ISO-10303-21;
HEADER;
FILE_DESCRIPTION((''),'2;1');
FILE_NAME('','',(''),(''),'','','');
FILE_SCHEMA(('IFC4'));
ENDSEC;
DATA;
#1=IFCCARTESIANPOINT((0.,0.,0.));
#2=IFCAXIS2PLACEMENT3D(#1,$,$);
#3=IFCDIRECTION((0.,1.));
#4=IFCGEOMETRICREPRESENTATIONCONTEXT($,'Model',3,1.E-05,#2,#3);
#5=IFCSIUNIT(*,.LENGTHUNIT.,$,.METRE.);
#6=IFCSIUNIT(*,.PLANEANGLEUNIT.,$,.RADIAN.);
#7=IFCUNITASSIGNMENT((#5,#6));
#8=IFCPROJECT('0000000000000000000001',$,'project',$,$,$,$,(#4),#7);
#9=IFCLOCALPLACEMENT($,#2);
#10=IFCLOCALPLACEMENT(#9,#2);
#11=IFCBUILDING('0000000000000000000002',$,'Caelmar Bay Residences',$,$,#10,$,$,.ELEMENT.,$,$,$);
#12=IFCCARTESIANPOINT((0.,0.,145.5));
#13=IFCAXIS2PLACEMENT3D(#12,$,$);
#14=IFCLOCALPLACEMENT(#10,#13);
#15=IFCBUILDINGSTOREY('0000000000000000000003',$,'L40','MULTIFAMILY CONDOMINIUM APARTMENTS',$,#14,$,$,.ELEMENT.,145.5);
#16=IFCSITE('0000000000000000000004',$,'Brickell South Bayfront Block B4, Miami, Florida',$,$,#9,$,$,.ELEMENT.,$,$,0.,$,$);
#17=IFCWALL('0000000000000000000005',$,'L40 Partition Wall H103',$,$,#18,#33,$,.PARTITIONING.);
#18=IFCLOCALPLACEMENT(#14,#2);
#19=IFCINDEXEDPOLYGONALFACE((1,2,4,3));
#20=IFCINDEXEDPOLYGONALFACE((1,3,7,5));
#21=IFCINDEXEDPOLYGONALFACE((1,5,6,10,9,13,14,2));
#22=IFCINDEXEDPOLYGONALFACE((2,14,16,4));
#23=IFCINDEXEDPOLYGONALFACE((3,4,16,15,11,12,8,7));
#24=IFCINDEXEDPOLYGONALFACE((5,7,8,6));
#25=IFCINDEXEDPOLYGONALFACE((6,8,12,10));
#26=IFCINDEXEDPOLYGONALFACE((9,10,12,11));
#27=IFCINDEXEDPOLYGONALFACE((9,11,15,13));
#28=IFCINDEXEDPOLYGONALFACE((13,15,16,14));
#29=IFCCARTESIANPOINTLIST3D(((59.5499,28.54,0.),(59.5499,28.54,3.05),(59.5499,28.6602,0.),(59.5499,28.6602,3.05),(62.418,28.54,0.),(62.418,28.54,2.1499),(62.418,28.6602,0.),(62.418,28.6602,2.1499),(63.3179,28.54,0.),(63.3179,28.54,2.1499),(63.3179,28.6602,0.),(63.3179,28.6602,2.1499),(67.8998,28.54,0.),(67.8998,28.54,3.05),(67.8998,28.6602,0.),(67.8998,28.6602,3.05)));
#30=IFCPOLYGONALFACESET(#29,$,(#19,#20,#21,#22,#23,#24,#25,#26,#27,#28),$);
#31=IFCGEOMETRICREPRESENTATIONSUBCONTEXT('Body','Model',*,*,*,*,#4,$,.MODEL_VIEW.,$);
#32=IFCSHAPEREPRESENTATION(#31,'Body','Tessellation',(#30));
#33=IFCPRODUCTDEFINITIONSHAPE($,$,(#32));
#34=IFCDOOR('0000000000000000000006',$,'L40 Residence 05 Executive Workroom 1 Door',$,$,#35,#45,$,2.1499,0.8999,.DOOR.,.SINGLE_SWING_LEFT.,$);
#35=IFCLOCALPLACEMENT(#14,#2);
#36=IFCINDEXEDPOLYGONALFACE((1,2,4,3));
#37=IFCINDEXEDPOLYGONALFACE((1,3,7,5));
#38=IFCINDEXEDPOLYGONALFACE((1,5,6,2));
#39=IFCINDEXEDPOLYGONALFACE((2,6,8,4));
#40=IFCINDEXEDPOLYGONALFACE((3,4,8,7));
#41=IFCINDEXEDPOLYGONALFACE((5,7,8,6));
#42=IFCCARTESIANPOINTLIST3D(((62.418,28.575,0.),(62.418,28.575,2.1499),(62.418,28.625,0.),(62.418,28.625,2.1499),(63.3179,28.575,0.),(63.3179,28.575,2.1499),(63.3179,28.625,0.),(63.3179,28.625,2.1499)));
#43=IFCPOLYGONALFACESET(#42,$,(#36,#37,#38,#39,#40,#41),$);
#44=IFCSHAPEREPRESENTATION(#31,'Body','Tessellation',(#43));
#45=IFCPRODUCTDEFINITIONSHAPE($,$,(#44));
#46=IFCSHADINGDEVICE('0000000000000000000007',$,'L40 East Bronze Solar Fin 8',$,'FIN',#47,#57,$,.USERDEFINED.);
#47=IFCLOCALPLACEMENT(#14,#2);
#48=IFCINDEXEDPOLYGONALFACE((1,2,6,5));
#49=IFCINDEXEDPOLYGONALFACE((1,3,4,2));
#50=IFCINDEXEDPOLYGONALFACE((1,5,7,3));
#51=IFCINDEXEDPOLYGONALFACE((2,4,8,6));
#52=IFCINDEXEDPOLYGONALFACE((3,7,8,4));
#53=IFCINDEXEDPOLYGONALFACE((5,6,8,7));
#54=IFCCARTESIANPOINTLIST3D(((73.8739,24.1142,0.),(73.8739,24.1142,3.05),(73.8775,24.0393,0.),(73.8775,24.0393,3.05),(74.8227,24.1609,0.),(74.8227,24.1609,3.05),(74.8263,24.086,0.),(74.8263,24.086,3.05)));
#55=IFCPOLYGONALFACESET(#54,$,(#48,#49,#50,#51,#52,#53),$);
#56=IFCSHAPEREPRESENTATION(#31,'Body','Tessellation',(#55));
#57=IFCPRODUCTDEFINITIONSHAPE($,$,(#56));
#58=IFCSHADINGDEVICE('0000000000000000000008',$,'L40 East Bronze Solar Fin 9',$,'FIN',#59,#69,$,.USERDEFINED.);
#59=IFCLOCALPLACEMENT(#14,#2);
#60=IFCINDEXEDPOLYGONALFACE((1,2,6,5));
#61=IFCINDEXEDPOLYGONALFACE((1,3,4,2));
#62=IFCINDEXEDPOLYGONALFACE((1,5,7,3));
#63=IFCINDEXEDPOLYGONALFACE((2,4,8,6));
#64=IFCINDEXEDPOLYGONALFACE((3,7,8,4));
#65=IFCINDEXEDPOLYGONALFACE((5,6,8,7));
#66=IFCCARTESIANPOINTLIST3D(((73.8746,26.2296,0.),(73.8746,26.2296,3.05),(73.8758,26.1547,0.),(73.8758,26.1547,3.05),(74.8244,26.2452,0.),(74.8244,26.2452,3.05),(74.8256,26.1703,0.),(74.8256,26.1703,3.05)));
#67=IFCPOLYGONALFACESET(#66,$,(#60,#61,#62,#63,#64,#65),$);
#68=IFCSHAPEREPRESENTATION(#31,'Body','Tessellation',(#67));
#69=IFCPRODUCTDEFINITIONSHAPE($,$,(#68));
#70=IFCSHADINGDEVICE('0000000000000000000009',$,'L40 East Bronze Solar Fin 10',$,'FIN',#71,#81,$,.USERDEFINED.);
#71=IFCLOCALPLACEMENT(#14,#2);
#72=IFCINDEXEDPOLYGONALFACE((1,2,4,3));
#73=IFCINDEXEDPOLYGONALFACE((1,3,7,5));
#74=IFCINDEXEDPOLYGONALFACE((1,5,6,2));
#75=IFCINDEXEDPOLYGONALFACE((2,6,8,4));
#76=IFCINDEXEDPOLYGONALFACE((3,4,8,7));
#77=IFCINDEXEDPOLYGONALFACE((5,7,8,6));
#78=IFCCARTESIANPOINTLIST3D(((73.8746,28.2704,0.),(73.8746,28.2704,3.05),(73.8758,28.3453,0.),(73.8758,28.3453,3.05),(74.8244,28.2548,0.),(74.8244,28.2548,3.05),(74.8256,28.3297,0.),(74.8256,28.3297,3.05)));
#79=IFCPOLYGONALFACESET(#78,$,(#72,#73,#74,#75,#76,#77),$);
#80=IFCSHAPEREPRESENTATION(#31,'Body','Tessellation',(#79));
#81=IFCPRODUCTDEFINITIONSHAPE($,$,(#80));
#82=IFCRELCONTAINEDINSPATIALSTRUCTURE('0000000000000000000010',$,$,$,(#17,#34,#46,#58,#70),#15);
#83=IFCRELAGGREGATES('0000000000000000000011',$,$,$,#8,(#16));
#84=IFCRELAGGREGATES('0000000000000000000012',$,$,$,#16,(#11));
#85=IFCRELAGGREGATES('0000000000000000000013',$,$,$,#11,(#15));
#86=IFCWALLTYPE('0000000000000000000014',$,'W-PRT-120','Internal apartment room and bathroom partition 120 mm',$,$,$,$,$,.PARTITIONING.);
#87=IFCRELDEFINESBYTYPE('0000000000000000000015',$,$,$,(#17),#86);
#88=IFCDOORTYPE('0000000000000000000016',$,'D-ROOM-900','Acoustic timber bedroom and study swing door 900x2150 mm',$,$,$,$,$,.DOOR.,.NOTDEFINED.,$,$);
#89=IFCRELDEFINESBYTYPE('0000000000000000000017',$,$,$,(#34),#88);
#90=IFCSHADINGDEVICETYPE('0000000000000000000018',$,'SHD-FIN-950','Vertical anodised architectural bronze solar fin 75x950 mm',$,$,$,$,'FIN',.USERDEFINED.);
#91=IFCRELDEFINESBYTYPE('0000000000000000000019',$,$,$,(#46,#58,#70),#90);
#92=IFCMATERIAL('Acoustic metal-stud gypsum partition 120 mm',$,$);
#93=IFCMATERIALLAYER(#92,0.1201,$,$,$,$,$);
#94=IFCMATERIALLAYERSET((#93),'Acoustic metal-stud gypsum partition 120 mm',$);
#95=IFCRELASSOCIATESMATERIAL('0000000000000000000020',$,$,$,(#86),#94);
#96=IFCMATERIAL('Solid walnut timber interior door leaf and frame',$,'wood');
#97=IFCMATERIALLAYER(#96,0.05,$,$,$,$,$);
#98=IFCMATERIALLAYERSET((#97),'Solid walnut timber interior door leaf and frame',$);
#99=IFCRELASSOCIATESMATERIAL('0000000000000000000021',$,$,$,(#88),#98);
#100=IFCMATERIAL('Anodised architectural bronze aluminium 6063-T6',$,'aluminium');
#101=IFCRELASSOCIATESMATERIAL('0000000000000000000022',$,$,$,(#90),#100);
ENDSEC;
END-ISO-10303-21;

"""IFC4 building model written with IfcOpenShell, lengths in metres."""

from ifc_helpers import new_model, si_unit, direction, frame, frame_2d, origin, origin_2d, place, context, subcontext, project, spatial, rectangle, extrude, material, layer, layer_set, material_profile, profile_set, type_object, element, fill, save


model = new_model("IFC4")

# Units and contexts
model_context = context("Model", 3, precision=1e-05, world=origin(), true_north=direction((0.0, 1.0)))
body_context = subcontext(model_context, "Body", "Model", "MODEL_VIEW")
ifc_project = project(units=[si_unit("LENGTHUNIT", "METRE"), si_unit("PLANEANGLEUNIT", "RADIAN")], contexts=[model_context])

# Site, building, storey
site_placement = place(None, origin())
site = spatial("IfcSite", under=ifc_project, at=site_placement, Name="Brickell South Bayfront Block B4, Miami, Florida", CompositionType="ELEMENT", RefElevation=0.0)
building_placement = place(site_placement, origin())
building = spatial("IfcBuilding", under=site, at=building_placement, Name="Caelmar Bay Residences", CompositionType="ELEMENT")
storey_placement = place(building_placement, frame((0.0, 0.0, 145.5)))
storey = spatial("IfcBuildingStorey", under=building, at=storey_placement, Name="L40", Description="MULTIFAMILY CONDOMINIUM APARTMENTS", CompositionType="ELEMENT", Elevation=145.5)

# Shared definitions
ifc_material_1 = material(Name="Acoustic metal-stud gypsum partition 120 mm")
ifc_layer_1 = layer(ifc_material_1, 0.1201)
ifc_layer_set_1 = layer_set([ifc_layer_1], Name="Acoustic metal-stud gypsum partition 120 mm")
wall_type = type_object("IfcWallType", Name="W-PRT-120", Description="Internal apartment room and bathroom partition 120 mm", PredefinedType="PARTITIONING", material=ifc_layer_set_1)

# Shared definitions
ifc_material_2 = material(Name="Solid walnut timber interior door leaf and frame", Category="wood")
ifc_layer_2 = layer(ifc_material_2, 0.05)
ifc_layer_set_2 = layer_set([ifc_layer_2], Name="Solid walnut timber interior door leaf and frame")
door_type_1 = type_object("IfcDoorType", Name="D-ROOM-900", Description="Acoustic timber bedroom and study swing door 900x2150 mm", OperationType="NOTDEFINED", PredefinedType="DOOR", material=ifc_layer_set_2)

# Wall, opening, door
wall_1_placement = place(storey_placement, frame((59.55, 28.6001, 0.0), z_axis=(0.0, 0.0, 1.0), x_axis=(1.0, 0.0, 0.0)))
wall_1 = element("IfcWall", 1, at=wall_1_placement, inside=storey, type_object=wall_type, Name="L40 Partition Wall H103", PredefinedType="PARTITIONING", context=body_context, shape_type="SweptSolid", body=[
    extrude(rectangle(XDim=8.3499, YDim=0.1201, at=frame_2d((4.1748, 0.0))), origin(), (0.0, 0.0, 1.0), 3.05),
])
opening_1_placement = place(wall_1_placement, frame((2.8679, 0.0, 0.0)))
opening_1 = element("IfcOpeningElement", 2, at=opening_1_placement, cuts=wall_1, PredefinedType="OPENING", context=body_context, shape_type="SweptSolid", body=[
    extrude(rectangle(XDim=0.8999, YDim=2.1499, at=frame_2d((0.45, 1.075))), frame((0.0, 0.0701, 0.0), z_axis=(0.0, -1.0, 0.0), x_axis=(1.0, 0.0, 0.0)), (0.0, 0.0, 1.0), 0.1401),
])
door_1_placement = place(opening_1_placement, origin())
door_1 = element("IfcDoor", 3, at=door_1_placement, inside=storey, type_object=door_type_1, Name="L40 Residence 05 Executive Workroom 1 Door", OperationType="SINGLE_SWING_LEFT", OverallHeight=2.1499, OverallWidth=0.8999, PredefinedType="DOOR", context=body_context, shape_type="SweptSolid", body=[
    extrude(rectangle(XDim=0.8999, YDim=2.1499, at=frame_2d((0.45, 1.075))), frame((0.0, 0.0249, 0.0), z_axis=(0.0, -1.0, 0.0), x_axis=(1.0, 0.0, 0.0)), (0.0, 0.0, 1.0), 0.05),
])
fill(opening_1, door_1)

# Shading devices
ifc_material_3 = material(Name="Anodised architectural bronze aluminium 6063-T6", Category="aluminium")
ifc_material_profile_1 = material_profile(ifc_material_3, rectangle(XDim=0.075, YDim=0.95, at=origin_2d()), Name="BRONZE-FIN-75X950")
ifc_profile_set_1 = profile_set([ifc_material_profile_1], Name="Anodised architectural bronze aluminium 6063-T6")
shading_device_type = type_object("IfcShadingDeviceType", Name="SHD-FIN-950", Description="Vertical anodised architectural bronze solar fin 75x950 mm", ElementType="FIN", PredefinedType="USERDEFINED", material=ifc_profile_set_1)
for number, where, z_axis, x_axis, name in (
    (4, (74.3501, 24.1001, 0.0), (0.0, 0.0, 1.0), (-0.049198, 0.998789, 0.0), "L40 East Bronze Solar Fin 8"),
    (5, (74.3501, 26.2, 0.0), (0.0, 0.0, 1.0), (-0.016405, 0.999865, 0.0), "L40 East Bronze Solar Fin 9"),
    (6, (74.3501, 28.3, 0.0), (0.0, 0.0, 1.0), (0.016405, 0.999865, 0.0), "L40 East Bronze Solar Fin 10"),
):
    element("IfcShadingDevice", number, at=place(storey_placement, frame(where, z_axis=z_axis, x_axis=x_axis)), inside=storey, type_object=shading_device_type, Name=name, ObjectType="FIN", PredefinedType="USERDEFINED", context=body_context, shape_type="SweptSolid", body=[
        extrude(rectangle(XDim=0.075, YDim=0.95, at=origin_2d()), origin(), (0.0, 0.0, 1.0), 3.05),
    ])

save(model, "model.ifc")
